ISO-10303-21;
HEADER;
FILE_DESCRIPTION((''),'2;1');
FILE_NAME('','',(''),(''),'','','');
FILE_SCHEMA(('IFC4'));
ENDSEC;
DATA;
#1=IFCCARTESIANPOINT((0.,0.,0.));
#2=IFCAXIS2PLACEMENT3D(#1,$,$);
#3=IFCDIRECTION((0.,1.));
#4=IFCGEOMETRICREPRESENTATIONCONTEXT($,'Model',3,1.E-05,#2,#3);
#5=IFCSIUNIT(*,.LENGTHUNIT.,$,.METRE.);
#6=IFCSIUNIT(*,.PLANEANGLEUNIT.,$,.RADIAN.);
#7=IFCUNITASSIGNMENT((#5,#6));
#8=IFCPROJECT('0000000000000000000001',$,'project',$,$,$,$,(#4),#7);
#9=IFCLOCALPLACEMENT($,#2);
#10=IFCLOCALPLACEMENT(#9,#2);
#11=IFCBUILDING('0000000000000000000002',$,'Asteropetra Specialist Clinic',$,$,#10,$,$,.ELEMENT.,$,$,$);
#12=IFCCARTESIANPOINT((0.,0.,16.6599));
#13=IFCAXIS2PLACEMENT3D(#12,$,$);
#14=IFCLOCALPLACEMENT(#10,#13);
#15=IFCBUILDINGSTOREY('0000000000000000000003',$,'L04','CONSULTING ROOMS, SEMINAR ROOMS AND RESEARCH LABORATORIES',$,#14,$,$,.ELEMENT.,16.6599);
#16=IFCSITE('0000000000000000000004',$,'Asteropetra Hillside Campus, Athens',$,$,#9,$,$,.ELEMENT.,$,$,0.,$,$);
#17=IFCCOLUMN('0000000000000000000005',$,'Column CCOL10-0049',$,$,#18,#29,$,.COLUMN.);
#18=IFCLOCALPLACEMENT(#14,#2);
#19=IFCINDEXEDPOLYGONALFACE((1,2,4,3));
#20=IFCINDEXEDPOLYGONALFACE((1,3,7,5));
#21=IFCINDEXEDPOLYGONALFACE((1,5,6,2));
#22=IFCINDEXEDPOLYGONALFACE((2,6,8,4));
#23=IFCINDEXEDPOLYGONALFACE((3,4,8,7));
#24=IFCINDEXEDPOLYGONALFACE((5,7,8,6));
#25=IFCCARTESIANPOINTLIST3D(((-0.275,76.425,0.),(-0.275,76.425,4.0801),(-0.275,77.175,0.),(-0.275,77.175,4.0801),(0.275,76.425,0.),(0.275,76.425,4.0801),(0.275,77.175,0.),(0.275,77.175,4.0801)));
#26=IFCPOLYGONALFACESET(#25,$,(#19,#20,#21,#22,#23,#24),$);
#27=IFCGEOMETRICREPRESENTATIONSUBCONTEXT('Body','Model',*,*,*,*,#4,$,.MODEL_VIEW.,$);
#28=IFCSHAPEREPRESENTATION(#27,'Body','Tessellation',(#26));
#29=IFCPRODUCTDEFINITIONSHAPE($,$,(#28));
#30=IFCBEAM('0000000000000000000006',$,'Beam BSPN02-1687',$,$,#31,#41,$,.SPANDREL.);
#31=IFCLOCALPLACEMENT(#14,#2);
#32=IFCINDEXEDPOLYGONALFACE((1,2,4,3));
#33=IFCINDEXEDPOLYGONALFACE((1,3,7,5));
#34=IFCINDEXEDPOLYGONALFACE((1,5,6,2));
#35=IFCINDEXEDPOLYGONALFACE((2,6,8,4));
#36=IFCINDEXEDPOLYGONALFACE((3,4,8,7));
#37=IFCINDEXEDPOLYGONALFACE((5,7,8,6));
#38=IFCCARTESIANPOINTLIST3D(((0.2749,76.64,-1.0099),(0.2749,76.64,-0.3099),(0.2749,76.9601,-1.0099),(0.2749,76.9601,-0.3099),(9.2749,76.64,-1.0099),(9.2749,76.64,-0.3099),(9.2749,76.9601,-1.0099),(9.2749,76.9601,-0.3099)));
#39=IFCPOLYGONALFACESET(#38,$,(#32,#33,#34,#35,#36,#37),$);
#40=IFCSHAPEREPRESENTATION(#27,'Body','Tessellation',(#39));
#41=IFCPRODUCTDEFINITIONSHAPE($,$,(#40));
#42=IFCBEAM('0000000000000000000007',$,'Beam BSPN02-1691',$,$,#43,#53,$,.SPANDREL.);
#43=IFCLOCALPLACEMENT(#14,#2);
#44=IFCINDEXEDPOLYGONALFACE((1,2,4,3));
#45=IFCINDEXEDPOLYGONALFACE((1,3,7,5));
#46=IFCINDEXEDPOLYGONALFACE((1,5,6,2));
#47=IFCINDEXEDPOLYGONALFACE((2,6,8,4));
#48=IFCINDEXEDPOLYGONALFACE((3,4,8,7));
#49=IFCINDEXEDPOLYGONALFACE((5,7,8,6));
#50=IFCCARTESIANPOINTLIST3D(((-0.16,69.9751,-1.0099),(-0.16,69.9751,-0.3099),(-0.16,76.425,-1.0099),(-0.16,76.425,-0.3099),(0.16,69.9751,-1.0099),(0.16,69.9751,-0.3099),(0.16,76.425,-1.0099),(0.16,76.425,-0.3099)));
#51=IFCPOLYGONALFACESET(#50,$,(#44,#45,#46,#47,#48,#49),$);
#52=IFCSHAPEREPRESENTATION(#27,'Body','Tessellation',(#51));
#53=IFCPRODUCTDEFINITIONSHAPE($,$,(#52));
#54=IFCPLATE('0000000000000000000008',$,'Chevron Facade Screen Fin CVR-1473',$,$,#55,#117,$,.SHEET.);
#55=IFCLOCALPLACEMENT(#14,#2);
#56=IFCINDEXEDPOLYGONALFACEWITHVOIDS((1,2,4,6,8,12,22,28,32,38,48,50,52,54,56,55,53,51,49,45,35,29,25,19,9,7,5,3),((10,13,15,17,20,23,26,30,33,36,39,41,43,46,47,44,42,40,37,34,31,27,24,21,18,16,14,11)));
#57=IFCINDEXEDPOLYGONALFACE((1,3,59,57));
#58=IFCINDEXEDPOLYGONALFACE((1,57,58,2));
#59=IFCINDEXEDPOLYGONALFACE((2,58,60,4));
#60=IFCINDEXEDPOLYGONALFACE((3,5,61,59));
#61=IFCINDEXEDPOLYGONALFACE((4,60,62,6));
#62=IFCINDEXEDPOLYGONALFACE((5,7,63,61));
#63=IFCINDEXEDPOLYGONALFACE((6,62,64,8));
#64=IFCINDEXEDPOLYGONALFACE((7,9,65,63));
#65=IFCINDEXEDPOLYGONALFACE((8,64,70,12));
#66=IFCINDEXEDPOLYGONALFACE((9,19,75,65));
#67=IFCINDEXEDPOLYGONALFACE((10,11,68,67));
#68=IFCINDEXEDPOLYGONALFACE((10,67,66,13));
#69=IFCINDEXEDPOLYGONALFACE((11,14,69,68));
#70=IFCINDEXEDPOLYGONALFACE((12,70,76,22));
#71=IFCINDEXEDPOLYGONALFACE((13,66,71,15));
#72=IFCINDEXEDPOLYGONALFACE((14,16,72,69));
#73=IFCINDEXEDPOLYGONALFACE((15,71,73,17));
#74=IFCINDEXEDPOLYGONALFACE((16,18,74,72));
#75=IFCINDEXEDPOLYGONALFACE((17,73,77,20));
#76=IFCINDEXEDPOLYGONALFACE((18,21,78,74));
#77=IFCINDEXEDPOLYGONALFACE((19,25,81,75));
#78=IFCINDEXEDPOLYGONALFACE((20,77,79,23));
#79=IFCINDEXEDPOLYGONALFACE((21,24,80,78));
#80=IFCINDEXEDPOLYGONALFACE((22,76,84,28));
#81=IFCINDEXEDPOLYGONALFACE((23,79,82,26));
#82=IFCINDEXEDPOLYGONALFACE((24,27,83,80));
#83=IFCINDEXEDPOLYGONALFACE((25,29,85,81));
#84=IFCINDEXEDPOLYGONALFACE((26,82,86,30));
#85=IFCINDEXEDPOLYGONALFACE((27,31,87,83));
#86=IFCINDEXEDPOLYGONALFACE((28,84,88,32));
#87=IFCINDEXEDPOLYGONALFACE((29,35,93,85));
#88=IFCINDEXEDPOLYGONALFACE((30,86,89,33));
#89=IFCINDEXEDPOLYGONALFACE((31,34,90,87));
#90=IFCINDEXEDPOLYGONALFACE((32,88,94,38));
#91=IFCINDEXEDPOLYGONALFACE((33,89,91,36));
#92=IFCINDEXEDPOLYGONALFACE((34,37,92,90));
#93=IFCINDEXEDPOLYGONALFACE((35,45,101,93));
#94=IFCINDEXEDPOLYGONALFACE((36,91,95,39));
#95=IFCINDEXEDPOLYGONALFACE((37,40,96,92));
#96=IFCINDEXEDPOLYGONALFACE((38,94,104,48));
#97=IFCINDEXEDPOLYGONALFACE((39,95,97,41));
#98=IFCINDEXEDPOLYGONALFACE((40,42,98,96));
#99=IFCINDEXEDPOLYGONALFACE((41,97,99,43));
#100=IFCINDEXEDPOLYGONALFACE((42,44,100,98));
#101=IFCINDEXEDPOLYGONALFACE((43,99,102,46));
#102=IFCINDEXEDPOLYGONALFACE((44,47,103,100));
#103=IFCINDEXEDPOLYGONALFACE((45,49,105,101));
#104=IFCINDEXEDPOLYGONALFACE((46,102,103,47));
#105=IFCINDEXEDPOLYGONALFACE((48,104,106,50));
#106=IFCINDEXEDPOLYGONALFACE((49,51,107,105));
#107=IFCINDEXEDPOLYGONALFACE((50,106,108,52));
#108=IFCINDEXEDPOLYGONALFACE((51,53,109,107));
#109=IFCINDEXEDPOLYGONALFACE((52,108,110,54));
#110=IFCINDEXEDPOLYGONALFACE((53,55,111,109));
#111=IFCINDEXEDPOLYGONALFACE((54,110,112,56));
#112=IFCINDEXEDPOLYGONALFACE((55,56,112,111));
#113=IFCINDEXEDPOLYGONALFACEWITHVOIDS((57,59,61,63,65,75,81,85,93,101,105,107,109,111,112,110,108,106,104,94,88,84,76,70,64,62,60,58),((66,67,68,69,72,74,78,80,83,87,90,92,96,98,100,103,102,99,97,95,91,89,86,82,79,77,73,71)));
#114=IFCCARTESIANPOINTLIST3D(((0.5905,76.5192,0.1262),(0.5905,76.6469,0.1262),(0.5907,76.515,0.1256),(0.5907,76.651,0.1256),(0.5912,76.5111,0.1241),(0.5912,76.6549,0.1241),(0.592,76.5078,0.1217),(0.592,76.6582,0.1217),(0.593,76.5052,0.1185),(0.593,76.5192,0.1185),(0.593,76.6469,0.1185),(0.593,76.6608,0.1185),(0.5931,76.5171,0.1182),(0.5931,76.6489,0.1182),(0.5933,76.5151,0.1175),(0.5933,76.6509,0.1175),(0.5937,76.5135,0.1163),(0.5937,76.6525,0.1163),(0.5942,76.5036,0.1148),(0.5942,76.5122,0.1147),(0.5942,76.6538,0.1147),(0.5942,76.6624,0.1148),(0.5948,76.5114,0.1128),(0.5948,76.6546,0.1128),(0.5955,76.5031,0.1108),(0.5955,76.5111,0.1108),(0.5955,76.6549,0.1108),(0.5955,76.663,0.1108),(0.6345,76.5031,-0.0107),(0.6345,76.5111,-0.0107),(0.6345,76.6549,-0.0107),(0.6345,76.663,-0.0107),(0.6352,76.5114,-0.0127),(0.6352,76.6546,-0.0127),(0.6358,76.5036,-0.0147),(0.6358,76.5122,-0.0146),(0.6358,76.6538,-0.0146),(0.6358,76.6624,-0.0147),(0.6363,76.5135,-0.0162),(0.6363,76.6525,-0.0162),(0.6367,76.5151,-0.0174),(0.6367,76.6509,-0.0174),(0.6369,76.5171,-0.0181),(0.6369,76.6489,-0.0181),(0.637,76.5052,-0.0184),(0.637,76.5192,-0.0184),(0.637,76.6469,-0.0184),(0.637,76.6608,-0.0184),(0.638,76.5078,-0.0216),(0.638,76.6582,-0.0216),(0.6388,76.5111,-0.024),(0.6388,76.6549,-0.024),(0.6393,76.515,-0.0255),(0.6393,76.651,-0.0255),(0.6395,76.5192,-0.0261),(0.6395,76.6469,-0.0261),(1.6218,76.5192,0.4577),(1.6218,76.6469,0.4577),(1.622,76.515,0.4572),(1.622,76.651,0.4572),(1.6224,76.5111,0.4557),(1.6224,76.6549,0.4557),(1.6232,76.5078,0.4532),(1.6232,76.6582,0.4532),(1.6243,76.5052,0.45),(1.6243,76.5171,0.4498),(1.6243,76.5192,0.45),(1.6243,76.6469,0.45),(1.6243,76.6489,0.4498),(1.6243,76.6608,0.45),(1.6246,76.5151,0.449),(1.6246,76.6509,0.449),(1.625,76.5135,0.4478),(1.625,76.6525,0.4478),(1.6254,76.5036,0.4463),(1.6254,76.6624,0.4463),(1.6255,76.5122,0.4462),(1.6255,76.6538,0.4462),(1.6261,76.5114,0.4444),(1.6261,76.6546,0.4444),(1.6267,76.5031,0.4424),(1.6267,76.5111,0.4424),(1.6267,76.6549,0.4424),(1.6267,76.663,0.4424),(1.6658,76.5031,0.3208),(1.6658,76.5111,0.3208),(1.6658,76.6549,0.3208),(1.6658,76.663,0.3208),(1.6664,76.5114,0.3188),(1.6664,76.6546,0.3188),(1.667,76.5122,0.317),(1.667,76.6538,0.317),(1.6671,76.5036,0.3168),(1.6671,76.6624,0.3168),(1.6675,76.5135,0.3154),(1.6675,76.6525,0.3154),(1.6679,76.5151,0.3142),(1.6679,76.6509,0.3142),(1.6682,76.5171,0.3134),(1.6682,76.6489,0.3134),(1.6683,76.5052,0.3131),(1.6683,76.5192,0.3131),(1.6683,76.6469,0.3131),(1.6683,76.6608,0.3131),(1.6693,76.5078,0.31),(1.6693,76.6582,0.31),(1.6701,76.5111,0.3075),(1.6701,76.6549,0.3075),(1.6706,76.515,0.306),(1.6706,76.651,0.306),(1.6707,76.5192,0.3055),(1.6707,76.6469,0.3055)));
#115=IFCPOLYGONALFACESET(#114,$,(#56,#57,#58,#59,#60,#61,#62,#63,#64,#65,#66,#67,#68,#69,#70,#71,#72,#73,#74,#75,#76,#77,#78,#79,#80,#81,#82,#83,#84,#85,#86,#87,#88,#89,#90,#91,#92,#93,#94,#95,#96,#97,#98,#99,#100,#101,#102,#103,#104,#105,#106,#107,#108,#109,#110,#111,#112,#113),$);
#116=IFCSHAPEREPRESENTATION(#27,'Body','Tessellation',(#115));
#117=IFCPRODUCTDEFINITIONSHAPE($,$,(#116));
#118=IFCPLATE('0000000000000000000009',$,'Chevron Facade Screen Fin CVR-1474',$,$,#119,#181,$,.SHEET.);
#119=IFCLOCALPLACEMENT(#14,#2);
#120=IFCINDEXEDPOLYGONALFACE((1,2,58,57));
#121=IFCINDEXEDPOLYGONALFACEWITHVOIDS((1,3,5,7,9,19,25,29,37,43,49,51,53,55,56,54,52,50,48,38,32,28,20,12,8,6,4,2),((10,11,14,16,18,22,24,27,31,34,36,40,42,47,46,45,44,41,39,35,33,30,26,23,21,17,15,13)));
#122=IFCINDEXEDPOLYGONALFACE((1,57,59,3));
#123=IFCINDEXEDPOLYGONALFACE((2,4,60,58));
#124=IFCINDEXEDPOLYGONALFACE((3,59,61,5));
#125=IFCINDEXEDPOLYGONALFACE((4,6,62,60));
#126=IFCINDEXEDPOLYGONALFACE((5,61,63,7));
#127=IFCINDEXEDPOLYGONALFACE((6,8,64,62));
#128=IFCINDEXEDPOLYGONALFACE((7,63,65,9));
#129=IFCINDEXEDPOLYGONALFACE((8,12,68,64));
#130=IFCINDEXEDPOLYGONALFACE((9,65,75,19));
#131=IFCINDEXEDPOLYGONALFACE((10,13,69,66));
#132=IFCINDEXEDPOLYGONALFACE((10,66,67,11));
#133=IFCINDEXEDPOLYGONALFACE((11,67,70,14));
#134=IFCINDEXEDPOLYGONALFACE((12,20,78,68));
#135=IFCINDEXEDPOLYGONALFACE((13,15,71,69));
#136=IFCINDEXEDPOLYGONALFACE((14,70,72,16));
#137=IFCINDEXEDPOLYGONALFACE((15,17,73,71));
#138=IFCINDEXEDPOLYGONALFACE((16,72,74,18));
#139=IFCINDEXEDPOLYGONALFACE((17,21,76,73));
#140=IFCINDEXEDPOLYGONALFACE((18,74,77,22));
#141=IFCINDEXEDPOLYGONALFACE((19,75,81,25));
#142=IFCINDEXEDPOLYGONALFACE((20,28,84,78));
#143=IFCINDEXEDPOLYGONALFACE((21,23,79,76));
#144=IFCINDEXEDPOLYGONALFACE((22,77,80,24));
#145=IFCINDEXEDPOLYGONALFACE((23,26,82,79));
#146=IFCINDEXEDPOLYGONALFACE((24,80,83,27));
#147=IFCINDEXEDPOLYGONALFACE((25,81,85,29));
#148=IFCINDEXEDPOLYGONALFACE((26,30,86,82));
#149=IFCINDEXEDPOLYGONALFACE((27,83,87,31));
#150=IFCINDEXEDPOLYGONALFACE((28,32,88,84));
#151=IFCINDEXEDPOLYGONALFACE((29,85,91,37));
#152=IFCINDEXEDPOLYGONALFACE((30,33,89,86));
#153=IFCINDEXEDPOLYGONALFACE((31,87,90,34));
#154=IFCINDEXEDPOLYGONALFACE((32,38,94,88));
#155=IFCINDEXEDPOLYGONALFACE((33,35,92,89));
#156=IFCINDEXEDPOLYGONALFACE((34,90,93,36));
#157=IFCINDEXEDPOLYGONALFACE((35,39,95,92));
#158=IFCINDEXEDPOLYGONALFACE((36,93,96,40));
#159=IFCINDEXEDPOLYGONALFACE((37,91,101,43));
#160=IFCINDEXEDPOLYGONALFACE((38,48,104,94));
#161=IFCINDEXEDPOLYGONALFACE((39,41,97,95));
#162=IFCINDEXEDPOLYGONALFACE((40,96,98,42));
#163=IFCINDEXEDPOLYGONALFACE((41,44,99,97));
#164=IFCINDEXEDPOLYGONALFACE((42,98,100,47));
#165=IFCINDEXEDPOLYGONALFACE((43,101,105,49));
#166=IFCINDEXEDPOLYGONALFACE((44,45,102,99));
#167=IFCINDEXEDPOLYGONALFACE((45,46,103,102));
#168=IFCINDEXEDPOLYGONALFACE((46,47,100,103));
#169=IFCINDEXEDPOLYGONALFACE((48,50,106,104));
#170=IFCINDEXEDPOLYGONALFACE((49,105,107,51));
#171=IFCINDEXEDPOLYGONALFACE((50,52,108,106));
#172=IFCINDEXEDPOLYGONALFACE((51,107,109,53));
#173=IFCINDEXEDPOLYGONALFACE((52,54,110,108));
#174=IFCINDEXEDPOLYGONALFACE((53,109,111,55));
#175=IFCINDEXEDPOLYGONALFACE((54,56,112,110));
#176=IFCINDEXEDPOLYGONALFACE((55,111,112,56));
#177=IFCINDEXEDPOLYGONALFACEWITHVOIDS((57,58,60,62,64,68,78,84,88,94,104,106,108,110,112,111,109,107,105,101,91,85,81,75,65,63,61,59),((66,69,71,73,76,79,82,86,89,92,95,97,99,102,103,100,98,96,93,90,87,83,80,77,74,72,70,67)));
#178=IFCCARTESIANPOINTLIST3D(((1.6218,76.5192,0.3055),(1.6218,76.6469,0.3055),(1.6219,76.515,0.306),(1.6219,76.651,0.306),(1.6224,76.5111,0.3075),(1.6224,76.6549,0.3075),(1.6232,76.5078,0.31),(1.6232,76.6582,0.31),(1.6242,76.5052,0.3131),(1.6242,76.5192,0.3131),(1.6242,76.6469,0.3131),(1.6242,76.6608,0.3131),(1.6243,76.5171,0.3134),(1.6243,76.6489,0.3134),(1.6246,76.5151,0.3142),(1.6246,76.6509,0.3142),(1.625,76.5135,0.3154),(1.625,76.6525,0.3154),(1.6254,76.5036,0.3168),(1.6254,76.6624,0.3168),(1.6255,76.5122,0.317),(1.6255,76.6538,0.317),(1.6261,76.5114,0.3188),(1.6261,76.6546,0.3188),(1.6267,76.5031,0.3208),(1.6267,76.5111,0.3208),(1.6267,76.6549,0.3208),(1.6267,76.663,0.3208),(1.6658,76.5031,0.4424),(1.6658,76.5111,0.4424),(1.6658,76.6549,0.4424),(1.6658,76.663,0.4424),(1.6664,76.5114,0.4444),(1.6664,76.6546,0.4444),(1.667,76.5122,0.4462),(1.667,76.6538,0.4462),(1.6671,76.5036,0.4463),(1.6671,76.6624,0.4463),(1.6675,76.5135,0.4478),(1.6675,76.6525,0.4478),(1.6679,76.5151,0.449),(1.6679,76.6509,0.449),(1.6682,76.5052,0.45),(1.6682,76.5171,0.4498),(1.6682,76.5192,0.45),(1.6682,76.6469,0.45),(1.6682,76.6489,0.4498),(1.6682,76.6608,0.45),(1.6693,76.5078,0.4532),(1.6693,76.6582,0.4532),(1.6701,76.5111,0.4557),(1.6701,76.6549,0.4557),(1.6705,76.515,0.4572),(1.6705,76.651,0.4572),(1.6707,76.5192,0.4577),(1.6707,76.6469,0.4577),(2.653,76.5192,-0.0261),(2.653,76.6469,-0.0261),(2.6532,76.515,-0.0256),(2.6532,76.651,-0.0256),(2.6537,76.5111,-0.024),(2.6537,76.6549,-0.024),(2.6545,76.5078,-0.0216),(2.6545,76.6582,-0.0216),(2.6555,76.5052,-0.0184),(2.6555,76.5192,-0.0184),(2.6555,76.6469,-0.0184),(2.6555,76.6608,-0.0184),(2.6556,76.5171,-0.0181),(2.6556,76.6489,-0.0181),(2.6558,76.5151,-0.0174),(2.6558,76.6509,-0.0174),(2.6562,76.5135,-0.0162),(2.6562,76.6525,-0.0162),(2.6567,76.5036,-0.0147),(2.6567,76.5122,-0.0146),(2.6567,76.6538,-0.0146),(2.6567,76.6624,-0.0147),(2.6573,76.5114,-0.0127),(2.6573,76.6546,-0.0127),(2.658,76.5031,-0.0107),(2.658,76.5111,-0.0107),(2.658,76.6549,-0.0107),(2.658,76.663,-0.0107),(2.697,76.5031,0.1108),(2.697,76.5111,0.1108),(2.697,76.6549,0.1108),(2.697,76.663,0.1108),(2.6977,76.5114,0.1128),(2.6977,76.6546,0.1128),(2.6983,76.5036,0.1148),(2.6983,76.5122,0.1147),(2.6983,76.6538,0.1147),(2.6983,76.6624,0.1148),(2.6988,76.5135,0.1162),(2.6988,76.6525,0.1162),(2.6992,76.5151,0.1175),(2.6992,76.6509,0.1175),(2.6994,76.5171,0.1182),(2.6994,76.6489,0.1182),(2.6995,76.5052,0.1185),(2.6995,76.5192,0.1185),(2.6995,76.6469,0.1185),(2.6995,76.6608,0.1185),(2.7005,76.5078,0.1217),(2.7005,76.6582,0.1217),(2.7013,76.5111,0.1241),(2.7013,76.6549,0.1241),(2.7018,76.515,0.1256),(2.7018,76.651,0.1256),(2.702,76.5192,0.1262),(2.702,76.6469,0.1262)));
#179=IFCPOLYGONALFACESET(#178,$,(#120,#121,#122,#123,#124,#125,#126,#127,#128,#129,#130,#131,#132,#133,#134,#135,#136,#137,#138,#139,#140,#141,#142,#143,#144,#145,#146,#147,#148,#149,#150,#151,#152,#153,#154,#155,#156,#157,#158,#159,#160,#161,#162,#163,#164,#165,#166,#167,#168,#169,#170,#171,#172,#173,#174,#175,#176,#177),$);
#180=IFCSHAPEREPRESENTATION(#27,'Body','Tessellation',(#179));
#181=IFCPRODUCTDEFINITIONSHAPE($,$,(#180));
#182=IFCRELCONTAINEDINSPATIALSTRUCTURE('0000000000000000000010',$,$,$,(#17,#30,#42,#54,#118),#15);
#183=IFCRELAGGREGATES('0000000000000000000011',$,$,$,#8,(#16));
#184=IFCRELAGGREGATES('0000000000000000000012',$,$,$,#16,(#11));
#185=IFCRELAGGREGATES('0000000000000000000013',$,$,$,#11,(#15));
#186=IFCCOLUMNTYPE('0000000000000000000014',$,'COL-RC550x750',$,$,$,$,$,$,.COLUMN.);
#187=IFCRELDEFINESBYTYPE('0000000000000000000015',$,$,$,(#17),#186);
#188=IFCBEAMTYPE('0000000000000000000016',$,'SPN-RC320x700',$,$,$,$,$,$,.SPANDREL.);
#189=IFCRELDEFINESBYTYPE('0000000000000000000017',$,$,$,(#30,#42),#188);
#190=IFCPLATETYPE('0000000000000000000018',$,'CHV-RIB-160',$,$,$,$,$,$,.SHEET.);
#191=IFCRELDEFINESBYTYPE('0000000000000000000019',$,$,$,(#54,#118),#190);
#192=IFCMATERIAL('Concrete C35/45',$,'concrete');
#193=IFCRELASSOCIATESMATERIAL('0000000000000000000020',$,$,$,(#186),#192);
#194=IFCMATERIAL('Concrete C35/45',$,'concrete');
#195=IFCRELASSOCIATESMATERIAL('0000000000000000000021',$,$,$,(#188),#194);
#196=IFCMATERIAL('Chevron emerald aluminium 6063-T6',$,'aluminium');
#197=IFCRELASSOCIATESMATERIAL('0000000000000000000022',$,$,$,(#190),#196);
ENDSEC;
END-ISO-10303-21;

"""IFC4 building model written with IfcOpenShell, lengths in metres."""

from ifc_helpers import new_model, si_unit, direction, frame, origin, origin_2d, place, context, subcontext, project, spatial, rectangle, hollow_rectangle, extrude, material, material_profile, profile_set, type_object, element, save


model = new_model("IFC4")

# Units and contexts
model_context = context("Model", 3, precision=1e-05, world=origin(), true_north=direction((0.0, 1.0)))
body_context = subcontext(model_context, "Body", "Model", "MODEL_VIEW")
ifc_project = project(units=[si_unit("LENGTHUNIT", "METRE"), si_unit("PLANEANGLEUNIT", "RADIAN")], contexts=[model_context])

# Site, building, storey
site_placement = place(None, origin())
site = spatial("IfcSite", under=ifc_project, at=site_placement, Name="Asteropetra Hillside Campus, Athens", CompositionType="ELEMENT", RefElevation=0.0)
building_placement = place(site_placement, origin())
building = spatial("IfcBuilding", under=site, at=building_placement, Name="Asteropetra Specialist Clinic", CompositionType="ELEMENT")
storey_placement = place(building_placement, frame((0.0, 0.0, 16.6599)))
storey = spatial("IfcBuildingStorey", under=building, at=storey_placement, Name="L04", Description="CONSULTING ROOMS, SEMINAR ROOMS AND RESEARCH LABORATORIES", CompositionType="ELEMENT", Elevation=16.6599)

# Column
ifc_material_1 = material(Name="Concrete C35/45", Category="concrete")
ifc_material_profile_1 = material_profile(ifc_material_1, rectangle(XDim=0.55, YDim=0.75, at=origin_2d()), Name="RC 550x750")
ifc_profile_set_1 = profile_set([ifc_material_profile_1], Name="Concrete C35/45")
column_type = type_object("IfcColumnType", Name="COL-RC550x750", PredefinedType="COLUMN", material=ifc_profile_set_1)
column_placement = place(storey_placement, frame((0.0, 76.8, 0.0), z_axis=(0.0, 0.0, 1.0), x_axis=(1.0, 0.0, 0.0)))
element("IfcColumn", 1, at=column_placement, inside=storey, type_object=column_type, Name="Column CCOL10-0049", PredefinedType="COLUMN", context=body_context, shape_type="SweptSolid", body=[
    extrude(rectangle(XDim=0.55, YDim=0.75, at=origin_2d()), origin(), (0.0, 0.0, 1.0), 4.0801),
])

# Beams
ifc_material_2 = material(Name="Concrete C35/45", Category="concrete")
ifc_material_profile_2 = material_profile(ifc_material_2, rectangle(XDim=0.3201, YDim=0.7, at=origin_2d()), Name="RCS 320x700")
ifc_profile_set_2 = profile_set([ifc_material_profile_2], Name="Concrete C35/45")
beam_type = type_object("IfcBeamType", Name="SPN-RC320x700", PredefinedType="SPANDREL", material=ifc_profile_set_2)
beam_1_placement = place(storey_placement, frame((0.2749, 76.8, -0.6599), z_axis=(1.0, 0.0, 0.0), x_axis=(0.0, 1.0, 0.0)))
element("IfcBeam", 2, at=beam_1_placement, inside=storey, type_object=beam_type, Name="Beam BSPN02-1687", PredefinedType="SPANDREL", context=body_context, shape_type="SweptSolid", body=[
    extrude(rectangle(XDim=0.3201, YDim=0.7, at=origin_2d()), origin(), (0.0, 0.0, 1.0), 9.0),
])
beam_2_placement = place(storey_placement, frame((0.0, 69.9751, -0.6599), z_axis=(0.0, 1.0, 0.0), x_axis=(-1.0, 0.0, 0.0)))
element("IfcBeam", 3, at=beam_2_placement, inside=storey, type_object=beam_type, Name="Beam BSPN02-1691", PredefinedType="SPANDREL", context=body_context, shape_type="SweptSolid", body=[
    extrude(rectangle(XDim=0.3201, YDim=0.7, at=origin_2d()), origin(), (0.0, 0.0, 1.0), 6.45),
])

# Plates
ifc_material_3 = material(Name="Chevron emerald aluminium 6063-T6", Category="aluminium")
ifc_material_profile_3 = material_profile(ifc_material_3, hollow_rectangle(XDim=0.1599, YDim=0.1599, WallThickness=0.0081, InnerFilletRadius=0.0081, OuterFilletRadius=0.0161, at=origin_2d()), Name="SHS 160x160x8.0")
ifc_profile_set_3 = profile_set([ifc_material_profile_3], Name="Chevron emerald aluminium 6063-T6")
plate_type_1 = type_object("IfcPlateType", Name="CHV-RIB-160", PredefinedType="SHEET", material=ifc_profile_set_3)
for number, where, z_axis, x_axis, name in (
    (4, (0.615, 76.583, 0.05), (0.95201, 0.0, 0.306068), (0.0, 1.0, 0.0), "Chevron Facade Screen Fin CVR-1473"),
    (5, (1.6462, 76.583, 0.3816), (0.95201, 0.0, -0.306068), (0.0, 1.0, 0.0), "Chevron Facade Screen Fin CVR-1474"),
):
    element("IfcPlate", number, at=place(storey_placement, frame(where, z_axis=z_axis, x_axis=x_axis)), inside=storey, type_object=plate_type_1, Name=name, PredefinedType="SHEET", context=body_context, shape_type="SweptSolid", body=[
        extrude(hollow_rectangle(XDim=0.1599, YDim=0.1599, WallThickness=0.0081, InnerFilletRadius=0.0081, OuterFilletRadius=0.0161, at=origin_2d()), origin(), (0.0, 0.0, 1.0), 1.0833),
    ])

save(model, "model.ifc")
